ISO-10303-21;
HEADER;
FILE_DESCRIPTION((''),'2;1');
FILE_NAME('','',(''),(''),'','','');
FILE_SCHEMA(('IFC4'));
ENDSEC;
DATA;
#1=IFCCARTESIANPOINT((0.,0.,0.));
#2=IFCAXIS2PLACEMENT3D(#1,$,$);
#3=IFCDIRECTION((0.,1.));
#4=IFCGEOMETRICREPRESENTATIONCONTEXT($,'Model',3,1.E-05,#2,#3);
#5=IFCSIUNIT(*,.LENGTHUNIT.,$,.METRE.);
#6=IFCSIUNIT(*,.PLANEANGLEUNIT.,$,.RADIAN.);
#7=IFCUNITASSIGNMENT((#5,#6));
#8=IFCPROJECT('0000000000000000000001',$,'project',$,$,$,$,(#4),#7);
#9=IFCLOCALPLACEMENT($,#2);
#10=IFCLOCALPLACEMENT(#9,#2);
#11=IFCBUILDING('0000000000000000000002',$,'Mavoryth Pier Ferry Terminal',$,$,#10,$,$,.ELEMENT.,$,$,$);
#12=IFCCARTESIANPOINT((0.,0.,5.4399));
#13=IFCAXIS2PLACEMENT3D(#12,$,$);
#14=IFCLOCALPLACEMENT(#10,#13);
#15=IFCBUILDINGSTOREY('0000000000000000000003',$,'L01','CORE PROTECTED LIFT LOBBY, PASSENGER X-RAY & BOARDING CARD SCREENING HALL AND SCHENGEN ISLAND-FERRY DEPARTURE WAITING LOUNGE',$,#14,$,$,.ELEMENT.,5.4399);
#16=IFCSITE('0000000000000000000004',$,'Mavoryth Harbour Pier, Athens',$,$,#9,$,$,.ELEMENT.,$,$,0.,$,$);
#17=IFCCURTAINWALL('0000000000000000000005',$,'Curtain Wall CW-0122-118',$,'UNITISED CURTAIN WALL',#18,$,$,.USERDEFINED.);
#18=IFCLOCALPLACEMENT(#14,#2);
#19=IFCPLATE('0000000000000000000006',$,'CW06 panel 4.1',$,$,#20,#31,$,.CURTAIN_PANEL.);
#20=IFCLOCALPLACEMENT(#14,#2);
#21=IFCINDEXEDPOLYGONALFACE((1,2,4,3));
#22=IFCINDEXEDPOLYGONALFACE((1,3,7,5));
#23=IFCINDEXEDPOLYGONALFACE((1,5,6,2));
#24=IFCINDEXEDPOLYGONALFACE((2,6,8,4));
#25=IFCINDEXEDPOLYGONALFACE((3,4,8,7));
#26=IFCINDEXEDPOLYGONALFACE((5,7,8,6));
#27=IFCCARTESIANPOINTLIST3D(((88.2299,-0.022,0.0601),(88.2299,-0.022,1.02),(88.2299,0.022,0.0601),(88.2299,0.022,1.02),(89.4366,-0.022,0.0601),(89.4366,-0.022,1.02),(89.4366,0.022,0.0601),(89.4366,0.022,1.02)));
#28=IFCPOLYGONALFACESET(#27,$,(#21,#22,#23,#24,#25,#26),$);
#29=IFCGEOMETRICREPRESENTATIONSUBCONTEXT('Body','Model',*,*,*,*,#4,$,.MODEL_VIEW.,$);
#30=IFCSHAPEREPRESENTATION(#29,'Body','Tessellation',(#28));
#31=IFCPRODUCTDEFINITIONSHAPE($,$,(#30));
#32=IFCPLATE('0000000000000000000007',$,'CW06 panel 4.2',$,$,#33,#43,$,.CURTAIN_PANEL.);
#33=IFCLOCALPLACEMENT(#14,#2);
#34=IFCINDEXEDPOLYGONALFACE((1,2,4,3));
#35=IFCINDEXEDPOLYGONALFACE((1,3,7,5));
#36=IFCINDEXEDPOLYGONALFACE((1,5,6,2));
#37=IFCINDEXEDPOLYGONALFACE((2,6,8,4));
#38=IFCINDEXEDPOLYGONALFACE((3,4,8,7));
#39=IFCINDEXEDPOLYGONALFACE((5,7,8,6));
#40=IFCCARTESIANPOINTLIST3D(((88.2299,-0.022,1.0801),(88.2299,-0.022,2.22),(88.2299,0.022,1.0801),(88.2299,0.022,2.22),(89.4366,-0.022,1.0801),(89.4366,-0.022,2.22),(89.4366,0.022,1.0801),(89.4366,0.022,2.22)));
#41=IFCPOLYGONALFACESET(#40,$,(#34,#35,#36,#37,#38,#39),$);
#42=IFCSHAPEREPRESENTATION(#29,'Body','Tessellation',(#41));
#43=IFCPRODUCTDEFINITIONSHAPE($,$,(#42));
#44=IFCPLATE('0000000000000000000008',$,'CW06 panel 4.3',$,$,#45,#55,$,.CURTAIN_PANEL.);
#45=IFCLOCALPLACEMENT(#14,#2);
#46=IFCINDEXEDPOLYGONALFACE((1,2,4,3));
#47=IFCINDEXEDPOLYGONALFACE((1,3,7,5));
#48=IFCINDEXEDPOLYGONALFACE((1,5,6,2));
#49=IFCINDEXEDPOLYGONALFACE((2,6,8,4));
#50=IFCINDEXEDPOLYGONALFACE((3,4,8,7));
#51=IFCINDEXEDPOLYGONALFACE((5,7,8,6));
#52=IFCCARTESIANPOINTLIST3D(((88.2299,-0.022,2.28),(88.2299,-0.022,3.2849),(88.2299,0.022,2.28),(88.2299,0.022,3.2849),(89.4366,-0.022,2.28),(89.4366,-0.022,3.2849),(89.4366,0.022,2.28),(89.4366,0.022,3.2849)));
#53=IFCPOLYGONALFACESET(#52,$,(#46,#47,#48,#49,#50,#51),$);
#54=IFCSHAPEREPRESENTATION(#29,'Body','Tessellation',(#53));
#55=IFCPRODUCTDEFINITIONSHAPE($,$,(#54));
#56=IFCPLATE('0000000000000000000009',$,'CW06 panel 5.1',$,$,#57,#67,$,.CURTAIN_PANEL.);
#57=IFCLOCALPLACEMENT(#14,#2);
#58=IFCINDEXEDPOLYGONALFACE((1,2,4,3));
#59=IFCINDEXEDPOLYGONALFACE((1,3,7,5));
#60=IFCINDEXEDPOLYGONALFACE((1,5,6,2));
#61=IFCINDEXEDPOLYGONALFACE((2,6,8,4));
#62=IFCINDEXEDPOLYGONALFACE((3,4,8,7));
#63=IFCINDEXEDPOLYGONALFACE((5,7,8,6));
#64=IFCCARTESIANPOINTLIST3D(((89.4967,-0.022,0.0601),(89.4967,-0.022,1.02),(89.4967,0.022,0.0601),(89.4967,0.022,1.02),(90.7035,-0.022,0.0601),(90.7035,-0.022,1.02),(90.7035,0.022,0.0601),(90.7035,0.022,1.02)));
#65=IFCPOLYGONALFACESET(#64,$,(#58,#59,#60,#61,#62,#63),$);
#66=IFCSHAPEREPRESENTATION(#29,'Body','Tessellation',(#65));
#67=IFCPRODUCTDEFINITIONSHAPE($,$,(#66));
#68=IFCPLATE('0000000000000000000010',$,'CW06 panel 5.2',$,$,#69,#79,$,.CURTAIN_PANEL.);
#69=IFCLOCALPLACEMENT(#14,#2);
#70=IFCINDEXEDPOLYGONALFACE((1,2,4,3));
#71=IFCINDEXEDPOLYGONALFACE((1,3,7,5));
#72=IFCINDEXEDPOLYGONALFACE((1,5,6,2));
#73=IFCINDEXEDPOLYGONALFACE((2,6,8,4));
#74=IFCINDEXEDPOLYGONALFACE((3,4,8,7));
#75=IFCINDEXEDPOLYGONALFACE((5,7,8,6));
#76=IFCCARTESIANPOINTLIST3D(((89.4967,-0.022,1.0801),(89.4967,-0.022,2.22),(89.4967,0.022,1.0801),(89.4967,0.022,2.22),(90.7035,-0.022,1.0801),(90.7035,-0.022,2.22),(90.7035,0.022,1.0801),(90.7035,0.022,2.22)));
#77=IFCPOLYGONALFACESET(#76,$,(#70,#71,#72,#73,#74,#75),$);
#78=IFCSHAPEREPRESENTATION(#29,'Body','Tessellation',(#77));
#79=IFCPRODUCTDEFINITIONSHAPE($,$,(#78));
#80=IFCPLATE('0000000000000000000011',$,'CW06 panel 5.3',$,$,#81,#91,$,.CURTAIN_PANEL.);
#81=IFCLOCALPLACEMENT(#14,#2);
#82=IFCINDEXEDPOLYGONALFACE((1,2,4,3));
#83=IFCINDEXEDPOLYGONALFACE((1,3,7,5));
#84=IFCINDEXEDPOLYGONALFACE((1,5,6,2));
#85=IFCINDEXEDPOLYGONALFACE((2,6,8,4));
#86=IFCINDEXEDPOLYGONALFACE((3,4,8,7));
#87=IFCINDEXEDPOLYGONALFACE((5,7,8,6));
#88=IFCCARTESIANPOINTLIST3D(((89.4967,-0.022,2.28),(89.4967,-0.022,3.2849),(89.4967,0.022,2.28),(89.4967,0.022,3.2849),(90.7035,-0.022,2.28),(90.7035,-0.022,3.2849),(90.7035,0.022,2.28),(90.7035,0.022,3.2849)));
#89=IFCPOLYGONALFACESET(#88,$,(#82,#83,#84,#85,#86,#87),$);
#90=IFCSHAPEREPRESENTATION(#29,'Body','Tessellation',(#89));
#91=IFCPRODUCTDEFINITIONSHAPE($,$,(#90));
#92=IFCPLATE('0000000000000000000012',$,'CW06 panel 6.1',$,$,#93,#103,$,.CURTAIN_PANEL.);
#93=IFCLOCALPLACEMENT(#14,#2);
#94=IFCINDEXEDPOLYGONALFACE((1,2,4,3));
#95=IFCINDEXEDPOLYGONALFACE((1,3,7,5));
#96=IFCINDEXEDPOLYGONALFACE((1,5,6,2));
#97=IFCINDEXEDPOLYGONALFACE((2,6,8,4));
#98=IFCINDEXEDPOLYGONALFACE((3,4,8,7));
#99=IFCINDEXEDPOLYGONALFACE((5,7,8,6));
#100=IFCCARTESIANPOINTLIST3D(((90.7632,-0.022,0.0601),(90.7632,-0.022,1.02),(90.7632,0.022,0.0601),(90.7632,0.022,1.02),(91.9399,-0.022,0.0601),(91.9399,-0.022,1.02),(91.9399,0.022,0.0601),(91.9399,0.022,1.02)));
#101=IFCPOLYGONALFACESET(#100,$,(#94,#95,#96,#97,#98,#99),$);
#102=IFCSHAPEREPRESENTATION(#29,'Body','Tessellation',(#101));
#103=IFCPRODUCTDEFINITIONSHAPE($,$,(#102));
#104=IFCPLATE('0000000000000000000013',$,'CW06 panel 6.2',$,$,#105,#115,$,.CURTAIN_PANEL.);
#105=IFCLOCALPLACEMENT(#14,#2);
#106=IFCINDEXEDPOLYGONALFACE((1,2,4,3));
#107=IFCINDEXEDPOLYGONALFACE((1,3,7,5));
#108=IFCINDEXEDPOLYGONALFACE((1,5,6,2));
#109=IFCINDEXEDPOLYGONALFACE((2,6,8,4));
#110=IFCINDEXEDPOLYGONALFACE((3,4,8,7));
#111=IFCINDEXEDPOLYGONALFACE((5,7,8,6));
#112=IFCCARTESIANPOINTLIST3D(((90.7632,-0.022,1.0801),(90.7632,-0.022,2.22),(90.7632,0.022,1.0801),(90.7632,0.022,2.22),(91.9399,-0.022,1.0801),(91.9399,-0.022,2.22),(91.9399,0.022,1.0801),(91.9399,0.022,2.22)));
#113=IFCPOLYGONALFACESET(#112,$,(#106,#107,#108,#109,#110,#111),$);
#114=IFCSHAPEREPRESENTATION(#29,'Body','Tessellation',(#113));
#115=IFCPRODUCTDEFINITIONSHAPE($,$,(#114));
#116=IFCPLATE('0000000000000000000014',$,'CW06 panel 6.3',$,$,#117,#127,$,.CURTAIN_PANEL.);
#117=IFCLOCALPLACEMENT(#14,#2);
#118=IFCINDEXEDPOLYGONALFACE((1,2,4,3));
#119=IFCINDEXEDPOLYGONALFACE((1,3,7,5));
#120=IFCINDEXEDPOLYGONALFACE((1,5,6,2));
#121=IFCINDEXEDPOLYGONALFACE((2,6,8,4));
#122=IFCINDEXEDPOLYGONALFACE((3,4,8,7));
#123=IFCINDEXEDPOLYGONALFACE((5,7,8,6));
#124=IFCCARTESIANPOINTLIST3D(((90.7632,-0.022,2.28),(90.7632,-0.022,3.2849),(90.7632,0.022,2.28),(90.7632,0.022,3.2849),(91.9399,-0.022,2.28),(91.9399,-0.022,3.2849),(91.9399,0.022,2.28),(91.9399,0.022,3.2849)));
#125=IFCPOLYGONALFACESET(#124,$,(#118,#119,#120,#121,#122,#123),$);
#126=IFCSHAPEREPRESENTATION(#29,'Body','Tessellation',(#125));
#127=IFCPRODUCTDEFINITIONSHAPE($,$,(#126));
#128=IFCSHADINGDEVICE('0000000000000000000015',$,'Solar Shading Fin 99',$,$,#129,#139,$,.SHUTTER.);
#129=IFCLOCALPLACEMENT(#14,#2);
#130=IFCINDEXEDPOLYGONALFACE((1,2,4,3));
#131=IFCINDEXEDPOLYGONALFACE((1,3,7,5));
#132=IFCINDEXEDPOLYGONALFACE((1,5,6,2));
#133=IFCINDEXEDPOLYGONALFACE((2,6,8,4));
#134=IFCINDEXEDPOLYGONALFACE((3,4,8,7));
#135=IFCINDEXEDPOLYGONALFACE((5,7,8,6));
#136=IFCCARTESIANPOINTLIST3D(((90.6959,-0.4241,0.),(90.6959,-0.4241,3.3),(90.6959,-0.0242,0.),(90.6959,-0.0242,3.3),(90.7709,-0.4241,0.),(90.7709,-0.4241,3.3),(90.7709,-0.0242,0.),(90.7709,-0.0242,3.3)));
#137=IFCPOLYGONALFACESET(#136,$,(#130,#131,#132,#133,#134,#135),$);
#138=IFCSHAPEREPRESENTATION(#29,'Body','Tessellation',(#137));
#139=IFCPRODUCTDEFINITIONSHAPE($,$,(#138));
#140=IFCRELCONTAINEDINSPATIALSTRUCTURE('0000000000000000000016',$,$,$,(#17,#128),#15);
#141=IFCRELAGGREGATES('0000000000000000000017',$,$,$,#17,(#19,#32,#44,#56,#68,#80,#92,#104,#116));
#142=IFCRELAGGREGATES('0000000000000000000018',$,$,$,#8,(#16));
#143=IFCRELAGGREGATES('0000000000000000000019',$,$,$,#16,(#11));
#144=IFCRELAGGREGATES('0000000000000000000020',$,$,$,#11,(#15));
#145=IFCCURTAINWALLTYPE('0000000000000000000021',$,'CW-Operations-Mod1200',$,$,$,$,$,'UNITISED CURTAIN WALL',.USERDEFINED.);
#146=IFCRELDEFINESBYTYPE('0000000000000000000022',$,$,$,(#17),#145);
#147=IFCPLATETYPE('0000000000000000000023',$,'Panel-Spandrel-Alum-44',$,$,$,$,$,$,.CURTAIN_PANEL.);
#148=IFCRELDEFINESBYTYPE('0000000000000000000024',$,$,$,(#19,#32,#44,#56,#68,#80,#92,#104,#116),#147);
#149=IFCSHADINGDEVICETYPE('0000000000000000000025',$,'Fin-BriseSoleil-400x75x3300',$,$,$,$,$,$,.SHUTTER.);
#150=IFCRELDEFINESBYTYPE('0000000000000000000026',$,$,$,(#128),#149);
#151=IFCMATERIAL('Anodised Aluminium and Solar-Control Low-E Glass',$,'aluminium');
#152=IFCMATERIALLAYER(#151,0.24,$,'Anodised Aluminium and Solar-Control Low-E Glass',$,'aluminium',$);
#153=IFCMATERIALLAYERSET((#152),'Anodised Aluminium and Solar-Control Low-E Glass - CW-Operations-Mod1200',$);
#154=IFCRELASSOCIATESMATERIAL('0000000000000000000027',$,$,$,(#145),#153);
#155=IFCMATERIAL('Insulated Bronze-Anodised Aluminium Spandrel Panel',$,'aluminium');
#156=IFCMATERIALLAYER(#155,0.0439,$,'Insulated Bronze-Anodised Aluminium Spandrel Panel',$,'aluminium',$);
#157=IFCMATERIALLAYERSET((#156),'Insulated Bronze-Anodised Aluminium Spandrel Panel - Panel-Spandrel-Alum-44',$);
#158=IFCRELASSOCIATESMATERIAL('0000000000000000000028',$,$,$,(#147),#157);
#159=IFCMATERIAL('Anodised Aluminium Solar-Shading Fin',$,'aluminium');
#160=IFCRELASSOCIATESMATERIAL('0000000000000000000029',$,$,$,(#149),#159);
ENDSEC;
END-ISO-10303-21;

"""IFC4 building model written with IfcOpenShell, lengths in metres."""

from ifc_helpers import new_model, si_unit, direction, frame, origin, origin_2d, place, context, subcontext, project, spatial, rectangle, extrude, material, layer, layer_set, type_object, element, aggregate, save


model = new_model("IFC4")

# Units and contexts
model_context = context("Model", 3, precision=1e-05, world=origin(), true_north=direction((0.0, 1.0)))
body_context = subcontext(model_context, "Body", "Model", "MODEL_VIEW")
ifc_project = project(units=[si_unit("LENGTHUNIT", "METRE"), si_unit("PLANEANGLEUNIT", "RADIAN")], contexts=[model_context])

# Site, building, storey
site_placement = place(None, origin())
site = spatial("IfcSite", under=ifc_project, at=site_placement, Name="Mavoryth Harbour Pier, Athens", CompositionType="ELEMENT", RefElevation=0.0)
building_placement = place(site_placement, origin())
building = spatial("IfcBuilding", under=site, at=building_placement, Name="Mavoryth Pier Ferry Terminal", CompositionType="ELEMENT")
storey_placement = place(building_placement, frame((0.0, 0.0, 5.4399)))
storey = spatial("IfcBuildingStorey", under=building, at=storey_placement, Name="L01", Description="CORE PROTECTED LIFT LOBBY, PASSENGER X-RAY & BOARDING CARD SCREENING HALL AND SCHENGEN ISLAND-FERRY DEPARTURE WAITING LOUNGE", CompositionType="ELEMENT", Elevation=5.4399)

# Curtain wall
ifc_material_1 = material(Name="Anodised Aluminium and Solar-Control Low-E Glass", Category="aluminium")
ifc_layer_1 = layer(ifc_material_1, 0.24, Name="Anodised Aluminium and Solar-Control Low-E Glass", Category="aluminium")
ifc_layer_set_1 = layer_set([ifc_layer_1], Name="Anodised Aluminium and Solar-Control Low-E Glass - CW-Operations-Mod1200")
curtain_wall_type = type_object("IfcCurtainWallType", Name="CW-Operations-Mod1200", ElementType="UNITISED CURTAIN WALL", PredefinedType="USERDEFINED", material=ifc_layer_set_1)
curtain_wall_1_placement = place(storey_placement, origin())
curtain_wall_1 = element("IfcCurtainWall", 1, at=curtain_wall_1_placement, inside=storey, type_object=curtain_wall_type, Name="Curtain Wall CW-0122-118", ObjectType="UNITISED CURTAIN WALL", PredefinedType="USERDEFINED")

# Plates
ifc_material_2 = material(Name="Insulated Bronze-Anodised Aluminium Spandrel Panel", Category="aluminium")
ifc_layer_2 = layer(ifc_material_2, 0.0439, Name="Insulated Bronze-Anodised Aluminium Spandrel Panel", Category="aluminium")
ifc_layer_set_2 = layer_set([ifc_layer_2], Name="Insulated Bronze-Anodised Aluminium Spandrel Panel - Panel-Spandrel-Alum-44")
plate_type_1 = type_object("IfcPlateType", Name="Panel-Spandrel-Alum-44", PredefinedType="CURTAIN_PANEL", material=ifc_layer_set_2)
plate_1_placement = place(storey_placement, frame((88.8333, 0.0, 0.0601), z_axis=(0.0, 0.0, 1.0), x_axis=(1.0, 0.0, 0.0)))
plate_1 = element("IfcPlate", 2, at=plate_1_placement, type_object=plate_type_1, Name="CW06 panel 4.1", PredefinedType="CURTAIN_PANEL", context=body_context, shape_type="SweptSolid", body=[
    extrude(rectangle(XDim=1.2068, YDim=0.0439, at=origin_2d()), origin(), (0.0, 0.0, 1.0), 0.96),
])
plate_2_placement = place(storey_placement, frame((88.8333, 0.0, 1.0801), z_axis=(0.0, 0.0, 1.0), x_axis=(1.0, 0.0, 0.0)))
plate_2 = element("IfcPlate", 3, at=plate_2_placement, type_object=plate_type_1, Name="CW06 panel 4.2", PredefinedType="CURTAIN_PANEL", context=body_context, shape_type="SweptSolid", body=[
    extrude(rectangle(XDim=1.2068, YDim=0.0439, at=origin_2d()), origin(), (0.0, 0.0, 1.0), 1.1399),
])
plate_3_placement = place(storey_placement, frame((88.8333, 0.0, 2.28), z_axis=(0.0, 0.0, 1.0), x_axis=(1.0, 0.0, 0.0)))
plate_3 = element("IfcPlate", 4, at=plate_3_placement, type_object=plate_type_1, Name="CW06 panel 4.3", PredefinedType="CURTAIN_PANEL", context=body_context, shape_type="SweptSolid", body=[
    extrude(rectangle(XDim=1.2068, YDim=0.0439, at=origin_2d()), origin(), (0.0, 0.0, 1.0), 1.0049),
])
plate_4_placement = place(storey_placement, frame((90.1001, 0.0, 0.0601), z_axis=(0.0, 0.0, 1.0), x_axis=(1.0, 0.0, 0.0)))
plate_4 = element("IfcPlate", 5, at=plate_4_placement, type_object=plate_type_1, Name="CW06 panel 5.1", PredefinedType="CURTAIN_PANEL", context=body_context, shape_type="SweptSolid", body=[
    extrude(rectangle(XDim=1.2068, YDim=0.0439, at=origin_2d()), origin(), (0.0, 0.0, 1.0), 0.96),
])
plate_5_placement = place(storey_placement, frame((90.1001, 0.0, 1.0801), z_axis=(0.0, 0.0, 1.0), x_axis=(1.0, 0.0, 0.0)))
plate_5 = element("IfcPlate", 6, at=plate_5_placement, type_object=plate_type_1, Name="CW06 panel 5.2", PredefinedType="CURTAIN_PANEL", context=body_context, shape_type="SweptSolid", body=[
    extrude(rectangle(XDim=1.2068, YDim=0.0439, at=origin_2d()), origin(), (0.0, 0.0, 1.0), 1.1399),
])
plate_6_placement = place(storey_placement, frame((90.1001, 0.0, 2.28), z_axis=(0.0, 0.0, 1.0), x_axis=(1.0, 0.0, 0.0)))
plate_6 = element("IfcPlate", 7, at=plate_6_placement, type_object=plate_type_1, Name="CW06 panel 5.3", PredefinedType="CURTAIN_PANEL", context=body_context, shape_type="SweptSolid", body=[
    extrude(rectangle(XDim=1.2068, YDim=0.0439, at=origin_2d()), origin(), (0.0, 0.0, 1.0), 1.0049),
])
plate_7_placement = place(storey_placement, frame((91.3516, 0.0, 0.0601), z_axis=(0.0, 0.0, 1.0), x_axis=(1.0, 0.0, 0.0)))
plate_7 = element("IfcPlate", 8, at=plate_7_placement, type_object=plate_type_1, Name="CW06 panel 6.1", PredefinedType="CURTAIN_PANEL", context=body_context, shape_type="SweptSolid", body=[
    extrude(rectangle(XDim=1.1768, YDim=0.0439, at=origin_2d()), origin(), (0.0, 0.0, 1.0), 0.96),
])
plate_8_placement = place(storey_placement, frame((91.3516, 0.0, 1.0801), z_axis=(0.0, 0.0, 1.0), x_axis=(1.0, 0.0, 0.0)))
plate_8 = element("IfcPlate", 9, at=plate_8_placement, type_object=plate_type_1, Name="CW06 panel 6.2", PredefinedType="CURTAIN_PANEL", context=body_context, shape_type="SweptSolid", body=[
    extrude(rectangle(XDim=1.1768, YDim=0.0439, at=origin_2d()), origin(), (0.0, 0.0, 1.0), 1.1399),
])
plate_9_placement = place(storey_placement, frame((91.3516, 0.0, 2.28), z_axis=(0.0, 0.0, 1.0), x_axis=(1.0, 0.0, 0.0)))
plate_9 = element("IfcPlate", 10, at=plate_9_placement, type_object=plate_type_1, Name="CW06 panel 6.3", PredefinedType="CURTAIN_PANEL", context=body_context, shape_type="SweptSolid", body=[
    extrude(rectangle(XDim=1.1768, YDim=0.0439, at=origin_2d()), origin(), (0.0, 0.0, 1.0), 1.0049),
])
aggregate(curtain_wall_1, [plate_1, plate_2, plate_3, plate_4, plate_5, plate_6, plate_7, plate_8, plate_9])

# Shading device
ifc_material_3 = material(Name="Anodised Aluminium Solar-Shading Fin", Category="aluminium")
shading_device_type = type_object("IfcShadingDeviceType", Name="Fin-BriseSoleil-400x75x3300", PredefinedType="SHUTTER", material=ifc_material_3)
shading_device_placement = place(storey_placement, frame((90.7334, -0.2241, 0.0), z_axis=(0.0, 0.0, 1.0), x_axis=(1.0, 0.0, 0.0)))
element("IfcShadingDevice", 11, at=shading_device_placement, inside=storey, type_object=shading_device_type, Name="Solar Shading Fin 99", PredefinedType="SHUTTER", context=body_context, shape_type="SweptSolid", body=[
    extrude(rectangle(XDim=0.075, YDim=0.3999, at=origin_2d()), origin(), (0.0, 0.0, 1.0), 3.3),
])

save(model, "model.ifc")
